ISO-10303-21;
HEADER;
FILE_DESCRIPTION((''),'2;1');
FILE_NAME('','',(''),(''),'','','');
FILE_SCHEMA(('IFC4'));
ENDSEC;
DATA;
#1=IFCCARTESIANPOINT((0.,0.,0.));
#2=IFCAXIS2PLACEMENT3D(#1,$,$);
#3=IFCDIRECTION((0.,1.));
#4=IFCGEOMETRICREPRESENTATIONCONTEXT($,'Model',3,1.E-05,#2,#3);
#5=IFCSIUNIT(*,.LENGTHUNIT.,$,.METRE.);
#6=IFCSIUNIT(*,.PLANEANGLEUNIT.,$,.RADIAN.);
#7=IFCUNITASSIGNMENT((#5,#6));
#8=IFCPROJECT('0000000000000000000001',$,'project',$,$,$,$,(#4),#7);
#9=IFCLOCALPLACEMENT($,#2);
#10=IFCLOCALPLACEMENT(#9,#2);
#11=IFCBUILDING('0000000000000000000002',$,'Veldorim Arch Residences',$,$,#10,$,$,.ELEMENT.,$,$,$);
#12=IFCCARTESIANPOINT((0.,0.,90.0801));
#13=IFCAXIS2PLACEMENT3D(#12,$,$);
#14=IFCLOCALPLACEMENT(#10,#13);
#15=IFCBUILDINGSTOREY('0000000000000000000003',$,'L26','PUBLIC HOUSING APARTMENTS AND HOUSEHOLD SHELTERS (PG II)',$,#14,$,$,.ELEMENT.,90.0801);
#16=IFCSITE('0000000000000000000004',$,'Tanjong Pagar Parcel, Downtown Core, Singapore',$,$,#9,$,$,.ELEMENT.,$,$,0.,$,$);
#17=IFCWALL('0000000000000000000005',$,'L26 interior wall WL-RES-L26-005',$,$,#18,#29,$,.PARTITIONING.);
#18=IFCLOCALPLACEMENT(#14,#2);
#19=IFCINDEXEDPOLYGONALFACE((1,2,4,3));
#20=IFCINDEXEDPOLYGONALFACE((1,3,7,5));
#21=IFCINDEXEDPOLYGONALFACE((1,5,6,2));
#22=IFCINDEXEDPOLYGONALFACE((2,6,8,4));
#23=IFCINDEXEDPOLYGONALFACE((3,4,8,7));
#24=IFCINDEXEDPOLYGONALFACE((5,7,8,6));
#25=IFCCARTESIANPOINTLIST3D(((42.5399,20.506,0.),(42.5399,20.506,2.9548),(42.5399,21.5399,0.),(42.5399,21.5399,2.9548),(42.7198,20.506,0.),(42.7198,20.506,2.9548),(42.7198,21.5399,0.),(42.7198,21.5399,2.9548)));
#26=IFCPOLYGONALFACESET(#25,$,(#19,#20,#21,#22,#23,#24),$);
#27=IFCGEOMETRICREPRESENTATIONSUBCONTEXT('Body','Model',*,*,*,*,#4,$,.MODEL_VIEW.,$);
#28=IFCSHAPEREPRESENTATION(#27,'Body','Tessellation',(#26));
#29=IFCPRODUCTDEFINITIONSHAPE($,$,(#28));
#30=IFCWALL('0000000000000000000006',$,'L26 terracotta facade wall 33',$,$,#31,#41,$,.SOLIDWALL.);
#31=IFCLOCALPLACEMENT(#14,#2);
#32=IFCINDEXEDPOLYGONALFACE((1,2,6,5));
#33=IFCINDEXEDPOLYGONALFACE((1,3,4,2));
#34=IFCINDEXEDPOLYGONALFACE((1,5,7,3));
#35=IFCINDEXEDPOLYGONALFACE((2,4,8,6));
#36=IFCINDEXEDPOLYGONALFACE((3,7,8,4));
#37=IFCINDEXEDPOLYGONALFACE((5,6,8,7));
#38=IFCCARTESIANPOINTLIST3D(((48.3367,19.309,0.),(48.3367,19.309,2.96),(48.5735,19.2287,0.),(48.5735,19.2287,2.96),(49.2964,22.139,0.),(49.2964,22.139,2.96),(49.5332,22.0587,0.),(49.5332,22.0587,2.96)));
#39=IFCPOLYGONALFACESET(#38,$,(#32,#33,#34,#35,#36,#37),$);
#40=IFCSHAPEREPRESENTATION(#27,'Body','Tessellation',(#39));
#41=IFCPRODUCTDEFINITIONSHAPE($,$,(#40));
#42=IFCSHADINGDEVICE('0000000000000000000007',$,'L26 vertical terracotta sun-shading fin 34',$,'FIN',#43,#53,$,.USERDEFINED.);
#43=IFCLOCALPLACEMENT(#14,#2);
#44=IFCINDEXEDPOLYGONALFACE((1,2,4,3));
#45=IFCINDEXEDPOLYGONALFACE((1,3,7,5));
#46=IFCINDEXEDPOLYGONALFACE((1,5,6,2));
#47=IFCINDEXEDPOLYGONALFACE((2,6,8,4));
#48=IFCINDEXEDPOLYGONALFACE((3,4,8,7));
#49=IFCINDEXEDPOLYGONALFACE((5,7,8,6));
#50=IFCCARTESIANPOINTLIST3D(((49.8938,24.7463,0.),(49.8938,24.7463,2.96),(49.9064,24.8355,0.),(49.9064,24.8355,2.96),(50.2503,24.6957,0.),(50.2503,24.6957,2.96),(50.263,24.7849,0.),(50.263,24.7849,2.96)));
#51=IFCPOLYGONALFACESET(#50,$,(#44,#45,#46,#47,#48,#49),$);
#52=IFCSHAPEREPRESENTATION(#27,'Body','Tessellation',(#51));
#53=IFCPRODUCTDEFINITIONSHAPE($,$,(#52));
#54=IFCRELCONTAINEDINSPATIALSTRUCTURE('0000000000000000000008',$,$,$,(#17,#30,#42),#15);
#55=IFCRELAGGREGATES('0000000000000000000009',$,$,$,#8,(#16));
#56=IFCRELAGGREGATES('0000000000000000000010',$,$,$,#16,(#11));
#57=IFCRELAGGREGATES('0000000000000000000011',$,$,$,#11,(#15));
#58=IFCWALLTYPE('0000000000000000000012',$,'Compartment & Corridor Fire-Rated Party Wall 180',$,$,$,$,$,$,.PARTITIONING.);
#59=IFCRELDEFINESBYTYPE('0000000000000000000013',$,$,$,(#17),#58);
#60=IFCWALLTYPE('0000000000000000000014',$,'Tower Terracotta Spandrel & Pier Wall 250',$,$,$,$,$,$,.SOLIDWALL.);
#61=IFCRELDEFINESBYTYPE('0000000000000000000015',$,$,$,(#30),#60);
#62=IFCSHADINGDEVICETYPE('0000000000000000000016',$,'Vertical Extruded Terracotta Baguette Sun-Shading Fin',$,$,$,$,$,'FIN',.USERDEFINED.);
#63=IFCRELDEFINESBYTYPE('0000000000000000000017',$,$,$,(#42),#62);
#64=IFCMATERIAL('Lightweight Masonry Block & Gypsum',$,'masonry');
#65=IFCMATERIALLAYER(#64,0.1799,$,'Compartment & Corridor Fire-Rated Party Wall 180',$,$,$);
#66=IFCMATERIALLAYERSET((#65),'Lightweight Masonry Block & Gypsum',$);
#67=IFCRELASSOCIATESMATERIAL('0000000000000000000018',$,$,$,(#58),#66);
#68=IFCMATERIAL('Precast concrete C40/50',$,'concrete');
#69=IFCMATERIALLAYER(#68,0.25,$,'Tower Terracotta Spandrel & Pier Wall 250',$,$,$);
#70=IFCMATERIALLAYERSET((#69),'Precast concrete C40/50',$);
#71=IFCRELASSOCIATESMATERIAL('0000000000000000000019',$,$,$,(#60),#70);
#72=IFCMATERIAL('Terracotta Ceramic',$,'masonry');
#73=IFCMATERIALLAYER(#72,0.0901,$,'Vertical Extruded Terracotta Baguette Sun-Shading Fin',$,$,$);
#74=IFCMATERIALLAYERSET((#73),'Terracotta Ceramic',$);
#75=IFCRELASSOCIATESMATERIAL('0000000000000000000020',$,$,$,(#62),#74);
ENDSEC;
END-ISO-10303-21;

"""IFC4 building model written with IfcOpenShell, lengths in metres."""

from ifc_helpers import new_model, si_unit, direction, frame, frame_2d, origin, origin_2d, place, context, subcontext, project, spatial, rectangle, extrude, material, layer, layer_set, type_object, element, save


model = new_model("IFC4")

# Units and contexts
model_context = context("Model", 3, precision=1e-05, world=origin(), true_north=direction((0.0, 1.0)))
body_context = subcontext(model_context, "Body", "Model", "MODEL_VIEW")
ifc_project = project(units=[si_unit("LENGTHUNIT", "METRE"), si_unit("PLANEANGLEUNIT", "RADIAN")], contexts=[model_context])

# Site, building, storey
site_placement = place(None, origin())
site = spatial("IfcSite", under=ifc_project, at=site_placement, Name="Tanjong Pagar Parcel, Downtown Core, Singapore", CompositionType="ELEMENT", RefElevation=0.0)
building_placement = place(site_placement, origin())
building = spatial("IfcBuilding", under=site, at=building_placement, Name="Veldorim Arch Residences", CompositionType="ELEMENT")
storey_placement = place(building_placement, frame((0.0, 0.0, 90.0801)))
storey = spatial("IfcBuildingStorey", under=building, at=storey_placement, Name="L26", Description="PUBLIC HOUSING APARTMENTS AND HOUSEHOLD SHELTERS (PG II)", CompositionType="ELEMENT", Elevation=90.0801)

# Walls
ifc_material_1 = material(Name="Lightweight Masonry Block & Gypsum", Category="masonry")
ifc_layer_1 = layer(ifc_material_1, 0.1799, Name="Compartment & Corridor Fire-Rated Party Wall 180")
ifc_layer_set_1 = layer_set([ifc_layer_1], Name="Lightweight Masonry Block & Gypsum")
wall_type_1 = type_object("IfcWallType", Name="Compartment & Corridor Fire-Rated Party Wall 180", PredefinedType="PARTITIONING", material=ifc_layer_set_1)
wall_1_placement = place(storey_placement, frame((42.6299, 21.54, 0.0), z_axis=(0.0, 0.0, 1.0), x_axis=(0.0, -1.0, 0.0)))
element("IfcWall", 1, at=wall_1_placement, inside=storey, type_object=wall_type_1, Name="L26 interior wall WL-RES-L26-005", PredefinedType="PARTITIONING", context=body_context, shape_type="SweptSolid", body=[
    extrude(rectangle(XDim=1.0339, YDim=0.1799, at=frame_2d((0.5171, 0.0))), origin(), (0.0, 0.0, 1.0), 2.9548),
])
ifc_material_2 = material(Name="Precast concrete C40/50", Category="concrete")
ifc_layer_2 = layer(ifc_material_2, 0.25, Name="Tower Terracotta Spandrel & Pier Wall 250")
ifc_layer_set_2 = layer_set([ifc_layer_2], Name="Precast concrete C40/50")
wall_type_2 = type_object("IfcWallType", Name="Tower Terracotta Spandrel & Pier Wall 250", PredefinedType="SOLIDWALL", material=ifc_layer_set_2)
wall_2_placement = place(storey_placement, frame((49.4148, 22.0989, 0.0), z_axis=(0.0, 0.0, 1.0), x_axis=(-0.32115, -0.947028, 0.0)))
element("IfcWall", 2, at=wall_2_placement, inside=storey, type_object=wall_type_2, Name="L26 terracotta facade wall 33", PredefinedType="SOLIDWALL", context=body_context, shape_type="SweptSolid", body=[
    extrude(rectangle(XDim=2.9883, YDim=0.25, at=frame_2d((1.4941, 0.0))), origin(), (0.0, 0.0, 1.0), 2.96),
])

# Shading device
ifc_material_3 = material(Name="Terracotta Ceramic", Category="masonry")
ifc_layer_3 = layer(ifc_material_3, 0.0901, Name="Vertical Extruded Terracotta Baguette Sun-Shading Fin")
ifc_layer_set_3 = layer_set([ifc_layer_3], Name="Terracotta Ceramic")
shading_device_type = type_object("IfcShadingDeviceType", Name="Vertical Extruded Terracotta Baguette Sun-Shading Fin", ElementType="FIN", PredefinedType="USERDEFINED", material=ifc_layer_set_3)
shading_device_placement = place(storey_placement, frame((50.0784, 24.7656, 0.0), z_axis=(0.0, 0.0, 1.0), x_axis=(-0.140556, -0.990073, 0.0)))
element("IfcShadingDevice", 3, at=shading_device_placement, inside=storey, type_object=shading_device_type, Name="L26 vertical terracotta sun-shading fin 34", ObjectType="FIN", PredefinedType="USERDEFINED", context=body_context, shape_type="SweptSolid", body=[
    extrude(rectangle(XDim=0.0901, YDim=0.3601, at=origin_2d()), origin(), (0.0, 0.0, 1.0), 2.96),
])

save(model, "model.ifc")
